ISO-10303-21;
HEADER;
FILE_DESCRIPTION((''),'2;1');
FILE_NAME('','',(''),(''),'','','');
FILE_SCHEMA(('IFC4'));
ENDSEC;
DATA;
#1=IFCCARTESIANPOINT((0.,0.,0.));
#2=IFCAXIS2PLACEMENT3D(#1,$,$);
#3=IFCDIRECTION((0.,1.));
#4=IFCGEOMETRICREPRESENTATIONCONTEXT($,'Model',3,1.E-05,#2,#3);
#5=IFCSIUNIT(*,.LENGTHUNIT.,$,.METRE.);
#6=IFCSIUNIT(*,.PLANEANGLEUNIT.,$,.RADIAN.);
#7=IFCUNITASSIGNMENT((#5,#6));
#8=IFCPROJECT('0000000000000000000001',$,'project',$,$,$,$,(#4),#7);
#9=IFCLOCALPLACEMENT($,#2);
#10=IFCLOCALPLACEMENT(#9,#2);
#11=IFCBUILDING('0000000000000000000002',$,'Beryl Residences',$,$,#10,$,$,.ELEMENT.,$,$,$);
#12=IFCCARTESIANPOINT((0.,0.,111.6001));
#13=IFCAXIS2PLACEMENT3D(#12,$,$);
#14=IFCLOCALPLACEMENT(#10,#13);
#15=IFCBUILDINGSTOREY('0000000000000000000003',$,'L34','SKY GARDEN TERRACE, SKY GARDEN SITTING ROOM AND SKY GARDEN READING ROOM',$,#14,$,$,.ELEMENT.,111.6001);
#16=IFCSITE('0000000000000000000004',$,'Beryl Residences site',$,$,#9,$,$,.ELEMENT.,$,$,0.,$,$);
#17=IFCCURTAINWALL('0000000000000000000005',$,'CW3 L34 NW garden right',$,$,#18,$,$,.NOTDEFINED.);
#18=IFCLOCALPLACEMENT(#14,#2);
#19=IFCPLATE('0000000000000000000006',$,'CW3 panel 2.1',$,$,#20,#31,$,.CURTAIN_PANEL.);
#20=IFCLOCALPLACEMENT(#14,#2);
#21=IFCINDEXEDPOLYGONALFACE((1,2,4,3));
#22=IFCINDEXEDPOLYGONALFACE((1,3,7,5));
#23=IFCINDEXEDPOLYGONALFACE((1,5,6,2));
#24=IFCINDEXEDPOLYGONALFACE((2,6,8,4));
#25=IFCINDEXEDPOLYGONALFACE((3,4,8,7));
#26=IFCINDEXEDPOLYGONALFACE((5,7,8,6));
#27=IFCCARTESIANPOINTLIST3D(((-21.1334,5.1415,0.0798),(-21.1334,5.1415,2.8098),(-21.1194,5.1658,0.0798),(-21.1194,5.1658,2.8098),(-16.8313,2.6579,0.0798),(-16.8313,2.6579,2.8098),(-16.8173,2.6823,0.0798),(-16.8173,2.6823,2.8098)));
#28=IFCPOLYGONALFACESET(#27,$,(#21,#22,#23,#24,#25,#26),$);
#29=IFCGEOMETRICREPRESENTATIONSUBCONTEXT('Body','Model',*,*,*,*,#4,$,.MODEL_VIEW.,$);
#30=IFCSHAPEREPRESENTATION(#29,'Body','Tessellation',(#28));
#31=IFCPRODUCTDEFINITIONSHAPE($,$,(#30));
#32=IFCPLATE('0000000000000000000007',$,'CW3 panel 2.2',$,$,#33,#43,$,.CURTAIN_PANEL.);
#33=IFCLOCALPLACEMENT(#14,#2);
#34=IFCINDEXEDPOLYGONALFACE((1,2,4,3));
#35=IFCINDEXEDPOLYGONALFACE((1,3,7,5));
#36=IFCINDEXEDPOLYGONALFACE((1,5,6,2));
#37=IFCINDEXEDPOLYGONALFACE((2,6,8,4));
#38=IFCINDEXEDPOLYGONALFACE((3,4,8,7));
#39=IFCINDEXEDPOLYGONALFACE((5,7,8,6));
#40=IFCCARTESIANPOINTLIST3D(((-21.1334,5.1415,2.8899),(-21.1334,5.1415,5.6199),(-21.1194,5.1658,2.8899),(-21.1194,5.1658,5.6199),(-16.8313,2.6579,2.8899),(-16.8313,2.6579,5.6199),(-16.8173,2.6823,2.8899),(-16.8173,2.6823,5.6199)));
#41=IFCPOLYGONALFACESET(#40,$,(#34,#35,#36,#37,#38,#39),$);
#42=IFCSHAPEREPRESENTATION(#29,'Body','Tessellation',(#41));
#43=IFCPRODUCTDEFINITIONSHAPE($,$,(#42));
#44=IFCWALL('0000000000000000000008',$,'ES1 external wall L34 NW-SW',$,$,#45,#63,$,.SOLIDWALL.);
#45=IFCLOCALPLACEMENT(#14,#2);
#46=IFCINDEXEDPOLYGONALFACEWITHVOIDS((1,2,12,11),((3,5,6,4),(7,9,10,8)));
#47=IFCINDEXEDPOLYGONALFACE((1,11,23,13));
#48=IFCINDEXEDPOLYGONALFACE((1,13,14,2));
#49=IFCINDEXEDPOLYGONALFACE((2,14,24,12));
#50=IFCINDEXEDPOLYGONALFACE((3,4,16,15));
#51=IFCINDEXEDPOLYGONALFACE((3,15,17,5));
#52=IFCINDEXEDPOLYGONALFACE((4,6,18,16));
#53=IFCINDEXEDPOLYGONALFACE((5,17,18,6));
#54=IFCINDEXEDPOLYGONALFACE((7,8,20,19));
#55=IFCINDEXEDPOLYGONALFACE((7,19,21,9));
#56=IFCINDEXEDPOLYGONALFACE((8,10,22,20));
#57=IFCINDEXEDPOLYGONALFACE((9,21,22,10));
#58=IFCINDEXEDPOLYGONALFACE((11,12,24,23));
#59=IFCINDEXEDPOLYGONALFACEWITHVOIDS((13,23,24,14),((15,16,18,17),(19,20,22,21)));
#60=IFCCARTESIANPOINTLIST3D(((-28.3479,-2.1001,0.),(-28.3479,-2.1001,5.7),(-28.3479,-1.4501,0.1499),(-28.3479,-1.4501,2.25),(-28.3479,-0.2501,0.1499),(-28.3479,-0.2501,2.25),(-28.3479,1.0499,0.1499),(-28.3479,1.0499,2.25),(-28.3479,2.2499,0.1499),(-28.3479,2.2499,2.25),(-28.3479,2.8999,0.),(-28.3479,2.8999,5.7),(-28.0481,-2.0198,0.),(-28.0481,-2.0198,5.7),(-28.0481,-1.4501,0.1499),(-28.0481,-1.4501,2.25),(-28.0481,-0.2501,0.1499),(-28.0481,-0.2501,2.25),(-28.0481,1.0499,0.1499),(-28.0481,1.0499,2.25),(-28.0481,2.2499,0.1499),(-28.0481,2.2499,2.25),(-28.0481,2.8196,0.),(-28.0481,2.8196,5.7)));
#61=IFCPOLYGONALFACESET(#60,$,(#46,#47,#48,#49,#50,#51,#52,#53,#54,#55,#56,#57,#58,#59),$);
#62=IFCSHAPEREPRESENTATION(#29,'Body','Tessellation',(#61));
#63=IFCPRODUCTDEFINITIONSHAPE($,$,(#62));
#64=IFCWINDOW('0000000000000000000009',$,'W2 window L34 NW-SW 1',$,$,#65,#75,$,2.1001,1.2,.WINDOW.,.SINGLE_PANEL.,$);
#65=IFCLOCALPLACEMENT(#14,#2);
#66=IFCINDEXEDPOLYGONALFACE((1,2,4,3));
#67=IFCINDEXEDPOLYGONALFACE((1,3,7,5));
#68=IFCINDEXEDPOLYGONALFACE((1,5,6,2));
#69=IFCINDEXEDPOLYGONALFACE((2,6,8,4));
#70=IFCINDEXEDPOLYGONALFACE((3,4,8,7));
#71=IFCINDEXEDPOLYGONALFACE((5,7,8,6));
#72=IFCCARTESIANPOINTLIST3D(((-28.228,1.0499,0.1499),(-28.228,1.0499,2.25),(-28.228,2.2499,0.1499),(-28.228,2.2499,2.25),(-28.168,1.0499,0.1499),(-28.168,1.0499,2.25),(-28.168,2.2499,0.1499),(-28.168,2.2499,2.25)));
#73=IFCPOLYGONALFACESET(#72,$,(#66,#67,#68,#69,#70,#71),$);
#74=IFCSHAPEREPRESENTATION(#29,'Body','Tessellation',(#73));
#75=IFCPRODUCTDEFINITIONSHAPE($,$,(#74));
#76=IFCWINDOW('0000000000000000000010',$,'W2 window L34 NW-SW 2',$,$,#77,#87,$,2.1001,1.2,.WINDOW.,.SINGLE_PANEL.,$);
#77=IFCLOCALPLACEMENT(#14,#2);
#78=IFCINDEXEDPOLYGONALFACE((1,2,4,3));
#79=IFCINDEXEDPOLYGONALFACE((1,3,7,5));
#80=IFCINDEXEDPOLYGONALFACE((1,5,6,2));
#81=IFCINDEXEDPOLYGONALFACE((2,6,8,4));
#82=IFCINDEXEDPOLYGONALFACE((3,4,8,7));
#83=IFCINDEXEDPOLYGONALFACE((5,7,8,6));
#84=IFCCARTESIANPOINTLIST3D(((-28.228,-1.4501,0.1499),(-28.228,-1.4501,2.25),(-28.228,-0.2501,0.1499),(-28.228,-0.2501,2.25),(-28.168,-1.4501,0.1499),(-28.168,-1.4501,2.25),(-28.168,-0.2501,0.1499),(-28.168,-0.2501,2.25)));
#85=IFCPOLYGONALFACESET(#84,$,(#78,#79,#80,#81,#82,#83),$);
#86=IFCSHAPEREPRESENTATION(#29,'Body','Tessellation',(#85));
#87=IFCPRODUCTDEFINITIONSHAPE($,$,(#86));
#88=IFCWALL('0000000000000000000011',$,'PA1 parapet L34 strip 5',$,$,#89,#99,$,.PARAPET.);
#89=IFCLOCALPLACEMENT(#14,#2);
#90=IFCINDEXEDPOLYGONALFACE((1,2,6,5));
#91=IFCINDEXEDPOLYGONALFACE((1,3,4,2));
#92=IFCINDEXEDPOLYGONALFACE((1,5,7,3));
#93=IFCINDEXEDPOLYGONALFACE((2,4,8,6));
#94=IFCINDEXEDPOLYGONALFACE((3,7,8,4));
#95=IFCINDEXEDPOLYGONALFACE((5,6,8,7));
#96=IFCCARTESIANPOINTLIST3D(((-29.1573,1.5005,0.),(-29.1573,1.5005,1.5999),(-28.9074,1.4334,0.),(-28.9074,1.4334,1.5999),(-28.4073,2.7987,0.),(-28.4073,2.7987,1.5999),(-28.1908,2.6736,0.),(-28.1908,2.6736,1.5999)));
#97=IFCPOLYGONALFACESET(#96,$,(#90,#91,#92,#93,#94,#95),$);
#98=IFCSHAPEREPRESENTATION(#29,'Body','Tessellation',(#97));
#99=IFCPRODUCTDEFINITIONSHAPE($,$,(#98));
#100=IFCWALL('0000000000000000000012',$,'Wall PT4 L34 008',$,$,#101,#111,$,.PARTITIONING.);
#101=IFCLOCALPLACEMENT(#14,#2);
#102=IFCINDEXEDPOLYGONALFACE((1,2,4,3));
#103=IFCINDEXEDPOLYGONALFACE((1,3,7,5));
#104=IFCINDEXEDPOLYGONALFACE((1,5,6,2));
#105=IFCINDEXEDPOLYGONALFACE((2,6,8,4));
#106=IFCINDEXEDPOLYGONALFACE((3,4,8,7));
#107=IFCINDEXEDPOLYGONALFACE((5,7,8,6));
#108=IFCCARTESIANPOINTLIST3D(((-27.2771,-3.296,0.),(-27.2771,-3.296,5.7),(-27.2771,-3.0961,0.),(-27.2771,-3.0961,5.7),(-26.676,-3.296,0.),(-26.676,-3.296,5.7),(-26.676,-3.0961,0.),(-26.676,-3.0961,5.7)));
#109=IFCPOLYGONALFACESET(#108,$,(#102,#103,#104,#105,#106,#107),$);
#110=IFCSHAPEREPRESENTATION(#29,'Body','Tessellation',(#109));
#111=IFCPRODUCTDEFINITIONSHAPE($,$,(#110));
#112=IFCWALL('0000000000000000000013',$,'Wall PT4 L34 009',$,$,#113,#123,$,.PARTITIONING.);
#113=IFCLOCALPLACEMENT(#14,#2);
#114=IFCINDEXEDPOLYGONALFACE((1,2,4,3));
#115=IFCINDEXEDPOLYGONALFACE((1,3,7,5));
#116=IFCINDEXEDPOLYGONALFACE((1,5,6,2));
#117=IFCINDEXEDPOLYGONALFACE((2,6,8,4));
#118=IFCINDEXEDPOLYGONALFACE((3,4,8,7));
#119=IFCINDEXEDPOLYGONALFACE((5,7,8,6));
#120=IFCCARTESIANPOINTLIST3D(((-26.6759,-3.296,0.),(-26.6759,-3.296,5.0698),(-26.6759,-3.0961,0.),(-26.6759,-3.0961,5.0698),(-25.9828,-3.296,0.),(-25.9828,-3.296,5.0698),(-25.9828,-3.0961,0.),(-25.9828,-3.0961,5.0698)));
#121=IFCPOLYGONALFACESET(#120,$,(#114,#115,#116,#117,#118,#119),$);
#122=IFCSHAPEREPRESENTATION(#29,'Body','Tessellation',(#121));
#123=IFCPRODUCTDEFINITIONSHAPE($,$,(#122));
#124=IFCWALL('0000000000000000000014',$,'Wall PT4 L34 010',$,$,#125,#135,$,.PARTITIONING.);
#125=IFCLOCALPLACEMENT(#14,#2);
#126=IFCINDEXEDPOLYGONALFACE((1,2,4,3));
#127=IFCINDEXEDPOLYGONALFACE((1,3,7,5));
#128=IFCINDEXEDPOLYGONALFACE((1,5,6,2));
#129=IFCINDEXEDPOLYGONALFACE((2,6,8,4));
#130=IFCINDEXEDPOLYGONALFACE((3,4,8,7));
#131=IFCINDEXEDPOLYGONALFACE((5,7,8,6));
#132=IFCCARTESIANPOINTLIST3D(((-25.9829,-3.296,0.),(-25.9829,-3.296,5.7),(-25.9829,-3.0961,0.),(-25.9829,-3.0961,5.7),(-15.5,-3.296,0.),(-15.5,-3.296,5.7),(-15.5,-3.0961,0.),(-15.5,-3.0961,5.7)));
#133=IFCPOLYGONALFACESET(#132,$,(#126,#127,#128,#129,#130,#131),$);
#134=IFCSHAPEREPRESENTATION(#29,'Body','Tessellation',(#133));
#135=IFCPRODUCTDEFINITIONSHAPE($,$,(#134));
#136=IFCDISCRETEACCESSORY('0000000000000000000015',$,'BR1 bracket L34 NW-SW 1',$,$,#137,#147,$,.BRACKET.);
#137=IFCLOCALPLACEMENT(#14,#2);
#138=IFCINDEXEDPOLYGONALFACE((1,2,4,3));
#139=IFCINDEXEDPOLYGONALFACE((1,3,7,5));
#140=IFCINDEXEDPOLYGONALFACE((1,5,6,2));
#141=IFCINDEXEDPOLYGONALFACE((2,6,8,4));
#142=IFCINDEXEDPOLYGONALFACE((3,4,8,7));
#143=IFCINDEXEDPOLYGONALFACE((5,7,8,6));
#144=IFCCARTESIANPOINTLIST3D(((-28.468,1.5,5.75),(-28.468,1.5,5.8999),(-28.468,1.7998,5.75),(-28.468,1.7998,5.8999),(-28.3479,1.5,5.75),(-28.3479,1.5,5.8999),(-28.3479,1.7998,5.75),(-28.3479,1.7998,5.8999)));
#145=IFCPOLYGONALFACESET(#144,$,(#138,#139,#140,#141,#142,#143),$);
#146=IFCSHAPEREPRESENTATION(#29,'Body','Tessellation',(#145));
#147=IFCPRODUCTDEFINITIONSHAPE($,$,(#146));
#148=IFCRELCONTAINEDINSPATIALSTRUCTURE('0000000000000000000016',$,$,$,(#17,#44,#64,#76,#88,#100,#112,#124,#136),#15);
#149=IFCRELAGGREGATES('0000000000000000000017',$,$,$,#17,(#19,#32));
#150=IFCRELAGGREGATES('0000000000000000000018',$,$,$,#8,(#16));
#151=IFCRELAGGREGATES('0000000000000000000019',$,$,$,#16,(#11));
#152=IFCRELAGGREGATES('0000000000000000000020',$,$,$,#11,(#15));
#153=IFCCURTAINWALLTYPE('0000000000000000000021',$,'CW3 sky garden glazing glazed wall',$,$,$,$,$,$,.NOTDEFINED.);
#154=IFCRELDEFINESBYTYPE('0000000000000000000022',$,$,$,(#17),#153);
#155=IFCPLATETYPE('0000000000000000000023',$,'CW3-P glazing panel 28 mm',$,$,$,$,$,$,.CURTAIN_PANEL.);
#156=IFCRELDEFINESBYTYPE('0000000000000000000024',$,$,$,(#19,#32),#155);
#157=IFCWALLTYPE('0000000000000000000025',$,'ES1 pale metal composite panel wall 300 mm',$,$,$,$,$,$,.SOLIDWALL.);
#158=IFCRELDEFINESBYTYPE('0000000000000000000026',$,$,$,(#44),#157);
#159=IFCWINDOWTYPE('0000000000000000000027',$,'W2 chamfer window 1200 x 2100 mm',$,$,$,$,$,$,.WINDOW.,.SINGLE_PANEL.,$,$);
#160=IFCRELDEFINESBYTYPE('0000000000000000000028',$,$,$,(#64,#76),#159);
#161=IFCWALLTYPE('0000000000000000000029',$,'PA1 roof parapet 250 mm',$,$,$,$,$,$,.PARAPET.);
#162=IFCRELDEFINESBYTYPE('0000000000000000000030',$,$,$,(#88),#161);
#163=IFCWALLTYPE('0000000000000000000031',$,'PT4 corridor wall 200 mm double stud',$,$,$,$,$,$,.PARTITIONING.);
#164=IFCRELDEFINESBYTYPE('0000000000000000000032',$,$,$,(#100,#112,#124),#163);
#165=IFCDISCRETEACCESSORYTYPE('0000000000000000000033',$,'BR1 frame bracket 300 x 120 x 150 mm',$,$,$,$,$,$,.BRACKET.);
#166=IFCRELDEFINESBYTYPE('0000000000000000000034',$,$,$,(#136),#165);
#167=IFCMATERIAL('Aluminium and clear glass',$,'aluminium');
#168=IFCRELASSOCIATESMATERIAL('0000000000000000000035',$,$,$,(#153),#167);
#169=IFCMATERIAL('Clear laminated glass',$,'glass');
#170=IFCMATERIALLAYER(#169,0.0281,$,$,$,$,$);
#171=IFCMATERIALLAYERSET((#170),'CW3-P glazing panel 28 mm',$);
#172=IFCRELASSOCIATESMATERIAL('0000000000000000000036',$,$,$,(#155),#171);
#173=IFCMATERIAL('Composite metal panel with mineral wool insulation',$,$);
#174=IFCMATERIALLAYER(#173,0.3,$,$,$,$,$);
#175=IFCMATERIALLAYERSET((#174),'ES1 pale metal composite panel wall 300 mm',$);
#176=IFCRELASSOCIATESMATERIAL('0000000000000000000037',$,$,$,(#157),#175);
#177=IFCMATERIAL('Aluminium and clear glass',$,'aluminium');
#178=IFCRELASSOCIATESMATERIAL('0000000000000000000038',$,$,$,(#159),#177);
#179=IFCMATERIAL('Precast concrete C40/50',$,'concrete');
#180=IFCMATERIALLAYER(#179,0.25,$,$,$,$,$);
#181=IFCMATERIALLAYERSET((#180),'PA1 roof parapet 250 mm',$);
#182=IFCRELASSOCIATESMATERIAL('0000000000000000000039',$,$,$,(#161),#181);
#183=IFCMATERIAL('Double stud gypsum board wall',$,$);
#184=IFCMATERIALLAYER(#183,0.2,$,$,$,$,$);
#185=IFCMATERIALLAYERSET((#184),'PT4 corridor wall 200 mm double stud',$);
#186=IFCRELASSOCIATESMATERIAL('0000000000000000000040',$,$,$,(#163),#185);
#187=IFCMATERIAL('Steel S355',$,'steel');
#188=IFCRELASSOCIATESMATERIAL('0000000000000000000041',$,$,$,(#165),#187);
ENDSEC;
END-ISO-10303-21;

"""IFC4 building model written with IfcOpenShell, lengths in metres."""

from ifc_helpers import new_model, si_unit, direction, frame, frame_2d, origin, origin_2d, place, context, subcontext, project, spatial, polyline, rectangle, outline, extrude, source, transform, mapped, material, layer, layer_set, type_object, type_shapes, element, fill, aggregate, save


model = new_model("IFC4")

# Units and contexts
model_context = context("Model", 3, precision=1e-05, world=origin(), true_north=direction((0.0, 1.0)))
body_context = subcontext(model_context, "Body", "Model", "MODEL_VIEW")
ifc_project = project(units=[si_unit("LENGTHUNIT", "METRE"), si_unit("PLANEANGLEUNIT", "RADIAN")], contexts=[model_context])

# Site, building, storey
site_placement = place(None, origin())
site = spatial("IfcSite", under=ifc_project, at=site_placement, Name="Beryl Residences site", CompositionType="ELEMENT", RefElevation=0.0)
building_placement = place(site_placement, origin())
building = spatial("IfcBuilding", under=site, at=building_placement, Name="Beryl Residences", CompositionType="ELEMENT")
storey_placement = place(building_placement, frame((0.0, 0.0, 111.6001)))
storey = spatial("IfcBuildingStorey", under=building, at=storey_placement, Name="L34", Description="SKY GARDEN TERRACE, SKY GARDEN SITTING ROOM AND SKY GARDEN READING ROOM", CompositionType="ELEMENT", Elevation=111.6001)

# Shared definitions
ifc_material_1 = material(Name="Aluminium and clear glass", Category="aluminium")
curtain_wall_type = type_object("IfcCurtainWallType", Name="CW3 sky garden glazing glazed wall", PredefinedType="NOTDEFINED", material=ifc_material_1)

# Curtain wall
curtain_wall_1_placement = place(storey_placement, origin())
curtain_wall_1 = element("IfcCurtainWall", 1, at=curtain_wall_1_placement, inside=storey, type_object=curtain_wall_type, Name="CW3 L34 NW garden right", PredefinedType="NOTDEFINED")

# Plates
ifc_material_2 = material(Name="Clear laminated glass", Category="glass")
ifc_layer_1 = layer(ifc_material_2, 0.0281)
ifc_layer_set_1 = layer_set([ifc_layer_1], Name="CW3-P glazing panel 28 mm")
plate_type = type_object("IfcPlateType", Name="CW3-P glazing panel 28 mm", PredefinedType="CURTAIN_PANEL", material=ifc_layer_set_1)
plate_1_placement = place(storey_placement, frame((-18.9753, 3.9119, 0.0798), z_axis=(0.0, 0.0, 1.0), x_axis=(0.866051, -0.499955, 0.0)))
plate_1 = element("IfcPlate", 2, at=plate_1_placement, type_object=plate_type, Name="CW3 panel 2.1", PredefinedType="CURTAIN_PANEL", context=body_context, shape_type="SweptSolid", body=[
    extrude(rectangle(XDim=4.9675, YDim=0.0281, at=origin_2d()), origin(), (0.0, 0.0, 1.0), 2.73),
])
plate_2_placement = place(storey_placement, frame((-18.9753, 3.9119, 2.8899), z_axis=(0.0, 0.0, 1.0), x_axis=(0.866051, -0.499955, 0.0)))
plate_2 = element("IfcPlate", 3, at=plate_2_placement, type_object=plate_type, Name="CW3 panel 2.2", PredefinedType="CURTAIN_PANEL", context=body_context, shape_type="SweptSolid", body=[
    extrude(rectangle(XDim=4.9675, YDim=0.0281, at=origin_2d()), origin(), (0.0, 0.0, 1.0), 2.73),
])
aggregate(curtain_wall_1, [plate_1, plate_2])

# Wall, openings, windows
ifc_material_3 = material(Name="Composite metal panel with mineral wool insulation")
ifc_layer_2 = layer(ifc_material_3, 0.3)
ifc_layer_set_2 = layer_set([ifc_layer_2], Name="ES1 pale metal composite panel wall 300 mm")
wall_type_1 = type_object("IfcWallType", Name="ES1 pale metal composite panel wall 300 mm", PredefinedType="SOLIDWALL", material=ifc_layer_set_2)
wall_1_placement = place(storey_placement, frame((-28.198, 2.8999, 0.0), z_axis=(0.0, 0.0, 1.0), x_axis=(0.0, -1.0, 0.0)))
wall_1 = element("IfcWall", 4, at=wall_1_placement, inside=storey, type_object=wall_type_1, Name="ES1 external wall L34 NW-SW", PredefinedType="SOLIDWALL", context=body_context, shape_type="SweptSolid", body=[
    extrude(outline(polyline([(0.0, -0.1499), (5.0, -0.1499), (4.9197, 0.1499), (0.0803, 0.1499), (0.0, -0.1499)])), origin(), (0.0, 0.0, 1.0), 5.7),
])
opening_1_placement = place(wall_1_placement, frame((0.6499, 0.0, 0.1499)))
opening_1 = element("IfcOpeningElement", 5, at=opening_1_placement, cuts=wall_1, PredefinedType="OPENING", context=body_context, shape_type="SweptSolid", body=[
    extrude(rectangle(XDim=1.2, YDim=2.1001, at=frame_2d((0.6001, 1.05))), frame((0.0, 0.1599, 0.0), z_axis=(0.0, -1.0, 0.0), x_axis=(1.0, 0.0, 0.0)), (0.0, 0.0, 1.0), 0.3201),
])
opening_2_placement = place(wall_1_placement, frame((3.1499, 0.0, 0.1499)))
opening_2 = element("IfcOpeningElement", 6, at=opening_2_placement, cuts=wall_1, PredefinedType="OPENING", context=body_context, shape_type="SweptSolid", body=[
    extrude(rectangle(XDim=1.2, YDim=2.1001, at=frame_2d((0.6001, 1.05))), frame((0.0, 0.1599, 0.0), z_axis=(0.0, -1.0, 0.0), x_axis=(1.0, 0.0, 0.0)), (0.0, 0.0, 1.0), 0.3201),
])
ifc_material_4 = material(Name="Aluminium and clear glass", Category="aluminium")
window_type = type_object("IfcWindowType", Name="W2 chamfer window 1200 x 2100 mm", PartitioningType="SINGLE_PANEL", PredefinedType="WINDOW", material=ifc_material_4)
window_1_placement = place(opening_1_placement, origin())
window_1 = element("IfcWindow", 7, at=window_1_placement, inside=storey, type_object=window_type, Name="W2 window L34 NW-SW 1", OverallHeight=2.1001, OverallWidth=1.2, PartitioningType="SINGLE_PANEL", PredefinedType="WINDOW", context=body_context, shape_type="SweptSolid", body=[
    extrude(rectangle(XDim=1.2, YDim=2.1001, at=frame_2d((0.6001, 1.05))), frame((0.0, 0.03, 0.0), z_axis=(0.0, -1.0, 0.0), x_axis=(1.0, 0.0, 0.0)), (0.0, 0.0, 1.0), 0.0601),
])
fill(opening_1, window_1)
window_2_placement = place(opening_2_placement, origin())
window_2 = element("IfcWindow", 8, at=window_2_placement, inside=storey, type_object=window_type, Name="W2 window L34 NW-SW 2", OverallHeight=2.1001, OverallWidth=1.2, PartitioningType="SINGLE_PANEL", PredefinedType="WINDOW", context=body_context, shape_type="SweptSolid", body=[
    extrude(rectangle(XDim=1.2, YDim=2.1001, at=frame_2d((0.6001, 1.05))), frame((0.0, 0.03, 0.0), z_axis=(0.0, -1.0, 0.0), x_axis=(1.0, 0.0, 0.0)), (0.0, 0.0, 1.0), 0.0601),
])
fill(opening_2, window_2)

# Walls
ifc_material_5 = material(Name="Precast concrete C40/50", Category="concrete")
ifc_layer_3 = layer(ifc_material_5, 0.25)
ifc_layer_set_3 = layer_set([ifc_layer_3], Name="PA1 roof parapet 250 mm")
wall_type_2 = type_object("IfcWallType", Name="PA1 roof parapet 250 mm", PredefinedType="PARAPET", material=ifc_layer_set_3)
wall_2_placement = place(storey_placement, frame((-29.0491, 1.438, 0.0), z_axis=(0.0, 0.0, 1.0), x_axis=(0.500272, 0.865868, 0.0)))
element("IfcWall", 9, at=wall_2_placement, inside=storey, type_object=wall_type_2, Name="PA1 parapet L34 strip 5", PredefinedType="PARAPET", context=body_context, shape_type="SweptSolid", body=[
    extrude(outline(polyline([(0.0669, -0.125), (1.4993, -0.125), (1.4993, 0.125), (0.0, 0.125), (0.0669, -0.125)])), origin(), (0.0, 0.0, 1.0), 1.5999),
])
ifc_material_6 = material(Name="Double stud gypsum board wall")
ifc_layer_4 = layer(ifc_material_6, 0.2)
ifc_layer_set_4 = layer_set([ifc_layer_4], Name="PT4 corridor wall 200 mm double stud")
wall_type_3 = type_object("IfcWallType", Name="PT4 corridor wall 200 mm double stud", PredefinedType="PARTITIONING", material=ifc_layer_set_4)
wall_3_placement = place(storey_placement, frame((-27.2771, -3.196, 0.0), z_axis=(0.0, 0.0, 1.0), x_axis=(1.0, 0.0, 0.0)))
element("IfcWall", 10, at=wall_3_placement, inside=storey, type_object=wall_type_3, Name="Wall PT4 L34 008", PredefinedType="PARTITIONING", context=body_context, shape_type="SweptSolid", body=[
    extrude(rectangle(XDim=0.6011, YDim=0.2, at=frame_2d((0.3005, 0.0))), origin(), (0.0, 0.0, 1.0), 5.7),
])
wall_4_placement = place(storey_placement, frame((-26.676, -3.196, 0.0), z_axis=(0.0, 0.0, 1.0), x_axis=(1.0, 0.0, 0.0)))
element("IfcWall", 11, at=wall_4_placement, inside=storey, type_object=wall_type_3, Name="Wall PT4 L34 009", PredefinedType="PARTITIONING", context=body_context, shape_type="SweptSolid", body=[
    extrude(rectangle(XDim=0.6931, YDim=0.2, at=frame_2d((0.3467, 0.0))), origin(), (0.0, 0.0, 1.0), 5.0698),
])
wall_5_placement = place(storey_placement, frame((-25.9829, -3.196, 0.0), z_axis=(0.0, 0.0, 1.0), x_axis=(1.0, 0.0, 0.0)))
element("IfcWall", 12, at=wall_5_placement, inside=storey, type_object=wall_type_3, Name="Wall PT4 L34 010", PredefinedType="PARTITIONING", context=body_context, shape_type="SweptSolid", body=[
    extrude(rectangle(XDim=10.4829, YDim=0.2, at=frame_2d((5.2415, 0.0))), origin(), (0.0, 0.0, 1.0), 5.7),
])

# Discrete accessory
ifc_material_7 = material(Name="Steel S355", Category="steel")
discrete_accessory_type = type_object("IfcDiscreteAccessoryType", Name="BR1 frame bracket 300 x 120 x 150 mm", PredefinedType="BRACKET", material=ifc_material_7)
shared_shape_1 = source(origin(), body_context, "Body", "SweptSolid", [
    extrude(outline(polyline([(-0.1499, 0.0), (0.1499, 0.0), (0.1499, 0.1201), (-0.1499, 0.1201), (-0.1499, 0.0)])), origin(), (0.0, 0.0, 1.0), 0.1499),
])
type_shapes(discrete_accessory_type, [shared_shape_1])
discrete_accessory_placement = place(storey_placement, frame((-28.3479, 1.6499, 5.75), z_axis=(0.0, 0.0, 1.0), x_axis=(0.0, 1.0, 0.0)))
element("IfcDiscreteAccessory", 13, at=discrete_accessory_placement, inside=storey, type_object=discrete_accessory_type, Name="BR1 bracket L34 NW-SW 1", PredefinedType="BRACKET", context=body_context, shape_type="MappedRepresentation", body=[
    mapped(shared_shape_1, transform((0.0, 0.0, 0.0))),
])

save(model, "model.ifc")
